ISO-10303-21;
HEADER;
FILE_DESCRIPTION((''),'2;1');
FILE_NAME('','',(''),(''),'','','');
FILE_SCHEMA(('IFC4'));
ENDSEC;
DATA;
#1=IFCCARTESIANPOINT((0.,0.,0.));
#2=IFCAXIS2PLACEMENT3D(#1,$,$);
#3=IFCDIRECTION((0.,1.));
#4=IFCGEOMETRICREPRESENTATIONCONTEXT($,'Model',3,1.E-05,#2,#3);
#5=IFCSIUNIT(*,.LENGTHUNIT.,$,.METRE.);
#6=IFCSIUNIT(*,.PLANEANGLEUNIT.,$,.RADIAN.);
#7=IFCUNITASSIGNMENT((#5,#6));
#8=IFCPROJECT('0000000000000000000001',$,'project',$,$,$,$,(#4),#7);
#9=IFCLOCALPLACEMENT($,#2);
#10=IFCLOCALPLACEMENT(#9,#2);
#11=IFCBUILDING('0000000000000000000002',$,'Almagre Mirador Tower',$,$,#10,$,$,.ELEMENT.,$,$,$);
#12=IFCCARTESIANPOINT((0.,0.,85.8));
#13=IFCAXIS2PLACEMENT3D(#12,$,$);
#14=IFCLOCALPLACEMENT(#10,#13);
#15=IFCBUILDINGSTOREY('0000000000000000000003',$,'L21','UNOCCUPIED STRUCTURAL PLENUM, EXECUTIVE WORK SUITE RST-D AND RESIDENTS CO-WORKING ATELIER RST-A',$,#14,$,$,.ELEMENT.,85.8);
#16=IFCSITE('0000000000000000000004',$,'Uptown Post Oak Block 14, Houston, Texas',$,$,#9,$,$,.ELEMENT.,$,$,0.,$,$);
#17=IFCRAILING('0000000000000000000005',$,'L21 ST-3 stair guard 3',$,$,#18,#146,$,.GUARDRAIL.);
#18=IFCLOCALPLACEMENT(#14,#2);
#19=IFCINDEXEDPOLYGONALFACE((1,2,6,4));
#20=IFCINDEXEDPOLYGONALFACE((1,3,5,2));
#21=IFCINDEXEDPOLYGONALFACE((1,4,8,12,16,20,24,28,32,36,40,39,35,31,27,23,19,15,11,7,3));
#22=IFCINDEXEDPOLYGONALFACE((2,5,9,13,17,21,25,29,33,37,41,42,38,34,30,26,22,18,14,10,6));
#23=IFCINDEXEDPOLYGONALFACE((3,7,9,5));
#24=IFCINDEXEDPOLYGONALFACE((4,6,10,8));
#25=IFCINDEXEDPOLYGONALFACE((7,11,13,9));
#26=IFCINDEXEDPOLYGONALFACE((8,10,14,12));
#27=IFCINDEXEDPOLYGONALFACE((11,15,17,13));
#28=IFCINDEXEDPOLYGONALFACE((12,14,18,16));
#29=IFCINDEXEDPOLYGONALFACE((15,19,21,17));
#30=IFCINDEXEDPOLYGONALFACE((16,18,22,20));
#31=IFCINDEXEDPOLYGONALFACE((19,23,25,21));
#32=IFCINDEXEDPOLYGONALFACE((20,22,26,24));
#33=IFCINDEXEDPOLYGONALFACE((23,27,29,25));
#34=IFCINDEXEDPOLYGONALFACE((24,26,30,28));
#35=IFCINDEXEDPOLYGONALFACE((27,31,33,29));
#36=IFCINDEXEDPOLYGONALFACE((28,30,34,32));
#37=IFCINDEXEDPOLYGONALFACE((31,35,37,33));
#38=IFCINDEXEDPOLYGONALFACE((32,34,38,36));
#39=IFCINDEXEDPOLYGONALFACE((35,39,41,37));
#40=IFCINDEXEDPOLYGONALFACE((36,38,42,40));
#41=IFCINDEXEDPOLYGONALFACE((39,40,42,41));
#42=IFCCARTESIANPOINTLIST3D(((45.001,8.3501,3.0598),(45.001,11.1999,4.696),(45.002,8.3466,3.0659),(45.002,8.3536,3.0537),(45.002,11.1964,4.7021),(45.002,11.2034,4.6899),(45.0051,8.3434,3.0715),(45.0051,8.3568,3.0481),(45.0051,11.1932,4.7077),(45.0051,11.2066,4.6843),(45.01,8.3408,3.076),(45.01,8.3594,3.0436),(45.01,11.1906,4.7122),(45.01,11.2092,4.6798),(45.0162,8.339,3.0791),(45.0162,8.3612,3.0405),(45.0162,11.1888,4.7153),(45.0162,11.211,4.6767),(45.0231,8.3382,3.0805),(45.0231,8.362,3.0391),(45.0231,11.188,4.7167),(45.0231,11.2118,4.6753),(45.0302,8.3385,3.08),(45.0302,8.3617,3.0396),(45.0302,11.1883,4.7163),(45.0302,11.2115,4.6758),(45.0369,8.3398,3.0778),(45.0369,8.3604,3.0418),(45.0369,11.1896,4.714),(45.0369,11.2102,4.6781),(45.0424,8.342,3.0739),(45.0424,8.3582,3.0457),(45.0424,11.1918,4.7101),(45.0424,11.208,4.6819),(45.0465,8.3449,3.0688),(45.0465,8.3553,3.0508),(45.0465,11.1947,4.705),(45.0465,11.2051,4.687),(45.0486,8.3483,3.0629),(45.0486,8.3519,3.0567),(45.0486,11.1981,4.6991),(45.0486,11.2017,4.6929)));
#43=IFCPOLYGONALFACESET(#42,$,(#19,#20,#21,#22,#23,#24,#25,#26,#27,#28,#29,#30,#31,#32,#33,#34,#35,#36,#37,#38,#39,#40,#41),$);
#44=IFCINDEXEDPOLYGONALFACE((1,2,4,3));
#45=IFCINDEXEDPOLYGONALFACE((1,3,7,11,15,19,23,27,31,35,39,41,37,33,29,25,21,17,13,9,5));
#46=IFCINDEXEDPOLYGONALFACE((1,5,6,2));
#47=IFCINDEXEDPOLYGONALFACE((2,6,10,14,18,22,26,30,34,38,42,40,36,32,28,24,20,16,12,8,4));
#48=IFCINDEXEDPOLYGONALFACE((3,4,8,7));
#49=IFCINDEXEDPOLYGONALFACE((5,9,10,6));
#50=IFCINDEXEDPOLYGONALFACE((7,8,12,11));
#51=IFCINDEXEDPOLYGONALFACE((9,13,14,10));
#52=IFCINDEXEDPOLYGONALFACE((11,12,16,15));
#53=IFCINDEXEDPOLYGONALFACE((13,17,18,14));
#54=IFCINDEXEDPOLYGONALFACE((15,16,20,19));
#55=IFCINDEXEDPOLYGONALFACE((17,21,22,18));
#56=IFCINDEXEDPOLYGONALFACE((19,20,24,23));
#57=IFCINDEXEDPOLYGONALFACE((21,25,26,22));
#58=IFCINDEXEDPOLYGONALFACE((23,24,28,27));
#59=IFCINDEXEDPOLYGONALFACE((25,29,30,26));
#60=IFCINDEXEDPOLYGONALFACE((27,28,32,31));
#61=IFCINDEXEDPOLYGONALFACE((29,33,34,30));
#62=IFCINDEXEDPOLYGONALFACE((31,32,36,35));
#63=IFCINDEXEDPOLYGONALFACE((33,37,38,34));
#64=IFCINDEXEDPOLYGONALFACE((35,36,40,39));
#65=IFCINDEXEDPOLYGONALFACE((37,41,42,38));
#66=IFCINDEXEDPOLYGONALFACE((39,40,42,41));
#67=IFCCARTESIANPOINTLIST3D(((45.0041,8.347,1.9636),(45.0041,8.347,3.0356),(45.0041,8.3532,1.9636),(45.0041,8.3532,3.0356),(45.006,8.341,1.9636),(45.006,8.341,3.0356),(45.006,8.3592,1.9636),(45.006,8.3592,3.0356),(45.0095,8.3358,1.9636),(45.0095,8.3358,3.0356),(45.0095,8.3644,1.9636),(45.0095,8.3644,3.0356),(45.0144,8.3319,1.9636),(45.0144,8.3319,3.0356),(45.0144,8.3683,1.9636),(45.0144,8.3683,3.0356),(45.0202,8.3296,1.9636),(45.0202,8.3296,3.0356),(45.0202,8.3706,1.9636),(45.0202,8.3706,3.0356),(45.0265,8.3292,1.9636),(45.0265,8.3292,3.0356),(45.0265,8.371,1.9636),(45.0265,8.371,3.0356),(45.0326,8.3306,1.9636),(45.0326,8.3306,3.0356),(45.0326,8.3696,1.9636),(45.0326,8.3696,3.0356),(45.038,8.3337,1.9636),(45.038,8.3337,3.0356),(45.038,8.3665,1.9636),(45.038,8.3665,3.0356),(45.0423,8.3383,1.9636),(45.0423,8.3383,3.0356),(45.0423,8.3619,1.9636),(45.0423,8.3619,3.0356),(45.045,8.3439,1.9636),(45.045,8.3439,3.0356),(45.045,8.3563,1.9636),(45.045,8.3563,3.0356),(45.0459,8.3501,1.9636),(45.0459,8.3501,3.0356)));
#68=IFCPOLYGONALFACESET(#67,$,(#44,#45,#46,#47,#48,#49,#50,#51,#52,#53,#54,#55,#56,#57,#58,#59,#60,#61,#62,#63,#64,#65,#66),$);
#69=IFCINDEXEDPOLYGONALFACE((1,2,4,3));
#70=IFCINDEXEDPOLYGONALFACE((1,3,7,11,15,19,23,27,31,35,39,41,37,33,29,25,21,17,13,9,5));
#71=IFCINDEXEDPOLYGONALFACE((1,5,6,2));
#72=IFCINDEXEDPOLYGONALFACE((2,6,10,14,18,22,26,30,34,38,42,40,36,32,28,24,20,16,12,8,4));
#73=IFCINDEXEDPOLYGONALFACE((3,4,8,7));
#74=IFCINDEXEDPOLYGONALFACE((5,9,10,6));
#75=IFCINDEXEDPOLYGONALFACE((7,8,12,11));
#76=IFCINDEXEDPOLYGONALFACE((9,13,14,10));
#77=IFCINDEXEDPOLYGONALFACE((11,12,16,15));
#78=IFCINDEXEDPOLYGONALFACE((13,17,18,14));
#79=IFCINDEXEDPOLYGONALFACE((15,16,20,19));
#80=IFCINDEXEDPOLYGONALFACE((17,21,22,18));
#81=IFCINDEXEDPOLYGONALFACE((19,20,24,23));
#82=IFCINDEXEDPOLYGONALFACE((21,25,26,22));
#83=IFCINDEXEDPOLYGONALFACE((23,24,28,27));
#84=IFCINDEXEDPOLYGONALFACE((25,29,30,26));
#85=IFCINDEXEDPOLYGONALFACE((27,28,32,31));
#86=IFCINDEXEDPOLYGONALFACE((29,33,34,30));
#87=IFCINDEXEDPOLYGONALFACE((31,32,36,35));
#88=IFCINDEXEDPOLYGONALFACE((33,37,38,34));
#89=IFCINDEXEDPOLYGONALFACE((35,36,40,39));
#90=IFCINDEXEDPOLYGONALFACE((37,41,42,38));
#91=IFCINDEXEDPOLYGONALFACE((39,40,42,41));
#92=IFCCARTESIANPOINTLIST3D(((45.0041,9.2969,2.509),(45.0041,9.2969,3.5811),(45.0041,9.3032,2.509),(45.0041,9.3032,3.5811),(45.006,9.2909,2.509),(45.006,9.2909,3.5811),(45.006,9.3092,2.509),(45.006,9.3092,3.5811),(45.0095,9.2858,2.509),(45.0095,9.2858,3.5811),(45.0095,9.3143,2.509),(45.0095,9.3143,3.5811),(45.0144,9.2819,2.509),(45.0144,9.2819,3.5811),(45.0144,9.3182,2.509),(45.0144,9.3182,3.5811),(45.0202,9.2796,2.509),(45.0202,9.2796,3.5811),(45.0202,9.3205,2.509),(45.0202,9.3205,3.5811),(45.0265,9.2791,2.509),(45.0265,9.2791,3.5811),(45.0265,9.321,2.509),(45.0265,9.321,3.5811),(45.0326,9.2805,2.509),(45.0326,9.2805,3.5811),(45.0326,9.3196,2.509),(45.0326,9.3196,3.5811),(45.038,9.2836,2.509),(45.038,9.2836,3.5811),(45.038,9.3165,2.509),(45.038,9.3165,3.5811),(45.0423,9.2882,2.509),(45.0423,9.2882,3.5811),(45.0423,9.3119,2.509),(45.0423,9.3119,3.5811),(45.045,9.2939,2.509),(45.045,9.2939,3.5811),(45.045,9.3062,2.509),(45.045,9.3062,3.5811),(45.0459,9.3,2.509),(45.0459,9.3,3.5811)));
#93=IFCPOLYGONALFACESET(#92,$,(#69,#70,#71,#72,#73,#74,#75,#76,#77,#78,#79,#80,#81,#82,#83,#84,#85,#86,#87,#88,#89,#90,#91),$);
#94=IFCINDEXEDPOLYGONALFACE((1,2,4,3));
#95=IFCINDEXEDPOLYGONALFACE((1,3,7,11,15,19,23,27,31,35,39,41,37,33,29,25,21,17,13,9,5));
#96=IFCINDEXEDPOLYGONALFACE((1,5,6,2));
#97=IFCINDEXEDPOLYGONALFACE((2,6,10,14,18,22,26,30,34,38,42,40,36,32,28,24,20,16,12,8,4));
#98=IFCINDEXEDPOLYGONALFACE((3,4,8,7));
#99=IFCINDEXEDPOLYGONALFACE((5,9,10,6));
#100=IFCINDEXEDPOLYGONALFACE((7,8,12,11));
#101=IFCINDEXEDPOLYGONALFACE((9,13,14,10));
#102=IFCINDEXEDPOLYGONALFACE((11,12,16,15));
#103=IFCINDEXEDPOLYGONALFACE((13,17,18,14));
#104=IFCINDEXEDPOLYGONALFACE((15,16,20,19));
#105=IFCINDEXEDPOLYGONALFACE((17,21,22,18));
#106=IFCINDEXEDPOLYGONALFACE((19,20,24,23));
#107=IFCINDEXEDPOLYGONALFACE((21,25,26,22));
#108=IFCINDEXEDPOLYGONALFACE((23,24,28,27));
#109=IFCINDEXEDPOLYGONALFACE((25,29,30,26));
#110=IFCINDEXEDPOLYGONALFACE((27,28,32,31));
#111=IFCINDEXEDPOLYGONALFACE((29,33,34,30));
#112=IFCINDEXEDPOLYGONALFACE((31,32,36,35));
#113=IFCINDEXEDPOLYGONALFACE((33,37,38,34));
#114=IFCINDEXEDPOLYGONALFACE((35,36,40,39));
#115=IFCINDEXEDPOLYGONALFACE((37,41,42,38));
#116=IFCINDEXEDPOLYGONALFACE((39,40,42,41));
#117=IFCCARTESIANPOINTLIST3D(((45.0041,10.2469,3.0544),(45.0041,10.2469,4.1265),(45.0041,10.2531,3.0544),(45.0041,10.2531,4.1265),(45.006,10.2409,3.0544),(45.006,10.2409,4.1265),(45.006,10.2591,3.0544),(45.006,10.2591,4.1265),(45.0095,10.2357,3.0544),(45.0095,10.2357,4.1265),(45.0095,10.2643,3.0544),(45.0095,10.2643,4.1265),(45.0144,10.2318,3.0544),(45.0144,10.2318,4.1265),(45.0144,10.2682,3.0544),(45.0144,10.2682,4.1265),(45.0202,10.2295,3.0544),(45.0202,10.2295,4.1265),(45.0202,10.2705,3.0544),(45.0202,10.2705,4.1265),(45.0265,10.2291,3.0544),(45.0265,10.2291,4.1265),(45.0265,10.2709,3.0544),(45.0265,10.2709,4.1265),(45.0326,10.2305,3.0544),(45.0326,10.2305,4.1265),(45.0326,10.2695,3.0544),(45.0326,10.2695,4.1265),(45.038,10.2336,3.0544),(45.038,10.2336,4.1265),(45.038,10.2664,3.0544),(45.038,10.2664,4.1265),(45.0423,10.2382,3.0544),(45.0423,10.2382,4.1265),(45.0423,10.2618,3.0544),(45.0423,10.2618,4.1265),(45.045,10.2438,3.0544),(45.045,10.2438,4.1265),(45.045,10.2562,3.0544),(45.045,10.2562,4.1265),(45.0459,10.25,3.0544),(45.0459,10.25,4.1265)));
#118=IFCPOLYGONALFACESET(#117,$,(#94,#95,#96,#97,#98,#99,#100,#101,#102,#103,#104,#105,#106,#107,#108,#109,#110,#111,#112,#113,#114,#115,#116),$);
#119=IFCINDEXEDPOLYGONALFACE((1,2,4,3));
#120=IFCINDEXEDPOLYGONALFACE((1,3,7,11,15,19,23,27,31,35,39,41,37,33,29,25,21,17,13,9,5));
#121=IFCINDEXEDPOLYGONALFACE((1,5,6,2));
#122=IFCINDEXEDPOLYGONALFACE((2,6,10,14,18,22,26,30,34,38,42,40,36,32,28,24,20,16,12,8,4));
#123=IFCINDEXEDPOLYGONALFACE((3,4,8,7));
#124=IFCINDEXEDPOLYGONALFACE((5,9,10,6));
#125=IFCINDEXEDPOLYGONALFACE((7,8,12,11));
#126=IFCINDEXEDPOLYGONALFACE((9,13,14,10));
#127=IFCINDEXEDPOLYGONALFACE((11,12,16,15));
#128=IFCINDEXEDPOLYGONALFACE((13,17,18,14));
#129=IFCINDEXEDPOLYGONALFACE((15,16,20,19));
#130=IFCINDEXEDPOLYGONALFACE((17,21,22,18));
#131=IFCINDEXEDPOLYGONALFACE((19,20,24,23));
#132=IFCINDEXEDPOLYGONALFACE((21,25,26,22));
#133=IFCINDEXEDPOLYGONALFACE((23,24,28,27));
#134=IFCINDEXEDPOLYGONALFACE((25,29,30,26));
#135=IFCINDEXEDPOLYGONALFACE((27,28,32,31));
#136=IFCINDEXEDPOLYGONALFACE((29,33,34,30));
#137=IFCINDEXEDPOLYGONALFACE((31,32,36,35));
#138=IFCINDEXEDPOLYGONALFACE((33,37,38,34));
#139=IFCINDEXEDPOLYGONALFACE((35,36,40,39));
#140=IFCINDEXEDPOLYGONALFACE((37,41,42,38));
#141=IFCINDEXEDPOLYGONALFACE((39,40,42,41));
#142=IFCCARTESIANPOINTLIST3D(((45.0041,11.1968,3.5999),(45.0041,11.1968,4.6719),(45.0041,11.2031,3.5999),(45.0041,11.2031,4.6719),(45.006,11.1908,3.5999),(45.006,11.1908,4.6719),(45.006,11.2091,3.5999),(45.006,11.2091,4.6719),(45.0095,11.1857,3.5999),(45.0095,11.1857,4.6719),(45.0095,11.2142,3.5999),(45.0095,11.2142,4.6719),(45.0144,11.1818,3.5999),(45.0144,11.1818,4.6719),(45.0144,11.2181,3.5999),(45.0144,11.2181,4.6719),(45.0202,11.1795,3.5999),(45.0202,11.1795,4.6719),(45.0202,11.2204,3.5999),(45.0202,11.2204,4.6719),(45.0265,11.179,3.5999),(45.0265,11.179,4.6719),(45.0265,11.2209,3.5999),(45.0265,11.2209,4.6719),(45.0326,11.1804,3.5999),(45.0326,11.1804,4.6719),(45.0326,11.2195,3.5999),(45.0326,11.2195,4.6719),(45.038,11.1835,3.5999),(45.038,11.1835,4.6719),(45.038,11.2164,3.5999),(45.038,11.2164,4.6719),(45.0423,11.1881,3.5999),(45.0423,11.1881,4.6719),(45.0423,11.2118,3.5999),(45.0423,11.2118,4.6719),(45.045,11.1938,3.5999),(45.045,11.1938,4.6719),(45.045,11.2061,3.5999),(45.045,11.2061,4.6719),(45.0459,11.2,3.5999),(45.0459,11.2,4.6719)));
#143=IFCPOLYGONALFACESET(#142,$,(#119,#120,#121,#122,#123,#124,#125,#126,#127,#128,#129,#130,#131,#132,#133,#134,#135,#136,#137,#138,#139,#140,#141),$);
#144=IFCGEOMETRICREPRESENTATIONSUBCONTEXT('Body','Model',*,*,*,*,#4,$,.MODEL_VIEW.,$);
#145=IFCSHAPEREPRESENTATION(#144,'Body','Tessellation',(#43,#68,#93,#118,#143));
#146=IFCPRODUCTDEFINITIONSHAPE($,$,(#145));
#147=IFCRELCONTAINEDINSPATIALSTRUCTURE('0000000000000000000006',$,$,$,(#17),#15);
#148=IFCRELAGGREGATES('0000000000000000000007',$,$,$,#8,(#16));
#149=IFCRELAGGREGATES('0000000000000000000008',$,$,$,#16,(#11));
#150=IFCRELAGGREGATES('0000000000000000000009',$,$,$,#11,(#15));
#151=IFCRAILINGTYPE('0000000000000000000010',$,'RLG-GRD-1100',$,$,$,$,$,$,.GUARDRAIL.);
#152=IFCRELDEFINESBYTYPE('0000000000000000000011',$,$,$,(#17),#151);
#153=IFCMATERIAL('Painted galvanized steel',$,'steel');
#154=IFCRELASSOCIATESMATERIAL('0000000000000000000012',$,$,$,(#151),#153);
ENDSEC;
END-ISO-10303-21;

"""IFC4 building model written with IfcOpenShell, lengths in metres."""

from ifc_helpers import new_model, si_unit, direction, frame, origin, origin_2d, place, context, subcontext, project, spatial, circle, extrude, material, type_object, element, save


model = new_model("IFC4")

# Units and contexts
model_context = context("Model", 3, precision=1e-05, world=origin(), true_north=direction((0.0, 1.0)))
body_context = subcontext(model_context, "Body", "Model", "MODEL_VIEW")
ifc_project = project(units=[si_unit("LENGTHUNIT", "METRE"), si_unit("PLANEANGLEUNIT", "RADIAN")], contexts=[model_context])

# Site, building, storey
site_placement = place(None, origin())
site = spatial("IfcSite", under=ifc_project, at=site_placement, Name="Uptown Post Oak Block 14, Houston, Texas", CompositionType="ELEMENT", RefElevation=0.0)
building_placement = place(site_placement, origin())
building = spatial("IfcBuilding", under=site, at=building_placement, Name="Almagre Mirador Tower", CompositionType="ELEMENT")
storey_placement = place(building_placement, frame((0.0, 0.0, 85.8)))
storey = spatial("IfcBuildingStorey", under=building, at=storey_placement, Name="L21", Description="UNOCCUPIED STRUCTURAL PLENUM, EXECUTIVE WORK SUITE RST-D AND RESIDENTS CO-WORKING ATELIER RST-A", CompositionType="ELEMENT", Elevation=85.8)

# Railing
ifc_material_1 = material(Name="Painted galvanized steel", Category="steel")
railing_type_1 = type_object("IfcRailingType", Name="RLG-GRD-1100", PredefinedType="GUARDRAIL", material=ifc_material_1)
railing_1_placement = place(storey_placement, frame((45.0249, 8.3501, 1.9636)))
element("IfcRailing", 1, at=railing_1_placement, inside=storey, type_object=railing_type_1, Name="L21 ST-3 stair guard 3", PredefinedType="GUARDRAIL", context=body_context, shape_type="SweptSolid", body=[
    extrude(circle(Radius=0.0239, at=origin_2d()), frame((0.0, 0.0, 1.0962), z_axis=(0.0, 0.867226, 0.497914), x_axis=(-1.0, 0.0, 0.0)), (0.0, 0.0, 1.0), 3.2861),
    extrude(circle(Radius=0.021, at=origin_2d()), origin(), (0.0, 0.0, 1.0), 1.072),
    extrude(circle(Radius=0.021, at=origin_2d()), frame((0.0, 0.95, 0.5454)), (0.0, 0.0, 1.0), 1.072),
    extrude(circle(Radius=0.021, at=origin_2d()), frame((0.0, 1.8999, 1.0908)), (0.0, 0.0, 1.0), 1.072),
    extrude(circle(Radius=0.021, at=origin_2d()), frame((0.0, 2.8499, 1.6362)), (0.0, 0.0, 1.0), 1.072),
])

save(model, "model.ifc")
